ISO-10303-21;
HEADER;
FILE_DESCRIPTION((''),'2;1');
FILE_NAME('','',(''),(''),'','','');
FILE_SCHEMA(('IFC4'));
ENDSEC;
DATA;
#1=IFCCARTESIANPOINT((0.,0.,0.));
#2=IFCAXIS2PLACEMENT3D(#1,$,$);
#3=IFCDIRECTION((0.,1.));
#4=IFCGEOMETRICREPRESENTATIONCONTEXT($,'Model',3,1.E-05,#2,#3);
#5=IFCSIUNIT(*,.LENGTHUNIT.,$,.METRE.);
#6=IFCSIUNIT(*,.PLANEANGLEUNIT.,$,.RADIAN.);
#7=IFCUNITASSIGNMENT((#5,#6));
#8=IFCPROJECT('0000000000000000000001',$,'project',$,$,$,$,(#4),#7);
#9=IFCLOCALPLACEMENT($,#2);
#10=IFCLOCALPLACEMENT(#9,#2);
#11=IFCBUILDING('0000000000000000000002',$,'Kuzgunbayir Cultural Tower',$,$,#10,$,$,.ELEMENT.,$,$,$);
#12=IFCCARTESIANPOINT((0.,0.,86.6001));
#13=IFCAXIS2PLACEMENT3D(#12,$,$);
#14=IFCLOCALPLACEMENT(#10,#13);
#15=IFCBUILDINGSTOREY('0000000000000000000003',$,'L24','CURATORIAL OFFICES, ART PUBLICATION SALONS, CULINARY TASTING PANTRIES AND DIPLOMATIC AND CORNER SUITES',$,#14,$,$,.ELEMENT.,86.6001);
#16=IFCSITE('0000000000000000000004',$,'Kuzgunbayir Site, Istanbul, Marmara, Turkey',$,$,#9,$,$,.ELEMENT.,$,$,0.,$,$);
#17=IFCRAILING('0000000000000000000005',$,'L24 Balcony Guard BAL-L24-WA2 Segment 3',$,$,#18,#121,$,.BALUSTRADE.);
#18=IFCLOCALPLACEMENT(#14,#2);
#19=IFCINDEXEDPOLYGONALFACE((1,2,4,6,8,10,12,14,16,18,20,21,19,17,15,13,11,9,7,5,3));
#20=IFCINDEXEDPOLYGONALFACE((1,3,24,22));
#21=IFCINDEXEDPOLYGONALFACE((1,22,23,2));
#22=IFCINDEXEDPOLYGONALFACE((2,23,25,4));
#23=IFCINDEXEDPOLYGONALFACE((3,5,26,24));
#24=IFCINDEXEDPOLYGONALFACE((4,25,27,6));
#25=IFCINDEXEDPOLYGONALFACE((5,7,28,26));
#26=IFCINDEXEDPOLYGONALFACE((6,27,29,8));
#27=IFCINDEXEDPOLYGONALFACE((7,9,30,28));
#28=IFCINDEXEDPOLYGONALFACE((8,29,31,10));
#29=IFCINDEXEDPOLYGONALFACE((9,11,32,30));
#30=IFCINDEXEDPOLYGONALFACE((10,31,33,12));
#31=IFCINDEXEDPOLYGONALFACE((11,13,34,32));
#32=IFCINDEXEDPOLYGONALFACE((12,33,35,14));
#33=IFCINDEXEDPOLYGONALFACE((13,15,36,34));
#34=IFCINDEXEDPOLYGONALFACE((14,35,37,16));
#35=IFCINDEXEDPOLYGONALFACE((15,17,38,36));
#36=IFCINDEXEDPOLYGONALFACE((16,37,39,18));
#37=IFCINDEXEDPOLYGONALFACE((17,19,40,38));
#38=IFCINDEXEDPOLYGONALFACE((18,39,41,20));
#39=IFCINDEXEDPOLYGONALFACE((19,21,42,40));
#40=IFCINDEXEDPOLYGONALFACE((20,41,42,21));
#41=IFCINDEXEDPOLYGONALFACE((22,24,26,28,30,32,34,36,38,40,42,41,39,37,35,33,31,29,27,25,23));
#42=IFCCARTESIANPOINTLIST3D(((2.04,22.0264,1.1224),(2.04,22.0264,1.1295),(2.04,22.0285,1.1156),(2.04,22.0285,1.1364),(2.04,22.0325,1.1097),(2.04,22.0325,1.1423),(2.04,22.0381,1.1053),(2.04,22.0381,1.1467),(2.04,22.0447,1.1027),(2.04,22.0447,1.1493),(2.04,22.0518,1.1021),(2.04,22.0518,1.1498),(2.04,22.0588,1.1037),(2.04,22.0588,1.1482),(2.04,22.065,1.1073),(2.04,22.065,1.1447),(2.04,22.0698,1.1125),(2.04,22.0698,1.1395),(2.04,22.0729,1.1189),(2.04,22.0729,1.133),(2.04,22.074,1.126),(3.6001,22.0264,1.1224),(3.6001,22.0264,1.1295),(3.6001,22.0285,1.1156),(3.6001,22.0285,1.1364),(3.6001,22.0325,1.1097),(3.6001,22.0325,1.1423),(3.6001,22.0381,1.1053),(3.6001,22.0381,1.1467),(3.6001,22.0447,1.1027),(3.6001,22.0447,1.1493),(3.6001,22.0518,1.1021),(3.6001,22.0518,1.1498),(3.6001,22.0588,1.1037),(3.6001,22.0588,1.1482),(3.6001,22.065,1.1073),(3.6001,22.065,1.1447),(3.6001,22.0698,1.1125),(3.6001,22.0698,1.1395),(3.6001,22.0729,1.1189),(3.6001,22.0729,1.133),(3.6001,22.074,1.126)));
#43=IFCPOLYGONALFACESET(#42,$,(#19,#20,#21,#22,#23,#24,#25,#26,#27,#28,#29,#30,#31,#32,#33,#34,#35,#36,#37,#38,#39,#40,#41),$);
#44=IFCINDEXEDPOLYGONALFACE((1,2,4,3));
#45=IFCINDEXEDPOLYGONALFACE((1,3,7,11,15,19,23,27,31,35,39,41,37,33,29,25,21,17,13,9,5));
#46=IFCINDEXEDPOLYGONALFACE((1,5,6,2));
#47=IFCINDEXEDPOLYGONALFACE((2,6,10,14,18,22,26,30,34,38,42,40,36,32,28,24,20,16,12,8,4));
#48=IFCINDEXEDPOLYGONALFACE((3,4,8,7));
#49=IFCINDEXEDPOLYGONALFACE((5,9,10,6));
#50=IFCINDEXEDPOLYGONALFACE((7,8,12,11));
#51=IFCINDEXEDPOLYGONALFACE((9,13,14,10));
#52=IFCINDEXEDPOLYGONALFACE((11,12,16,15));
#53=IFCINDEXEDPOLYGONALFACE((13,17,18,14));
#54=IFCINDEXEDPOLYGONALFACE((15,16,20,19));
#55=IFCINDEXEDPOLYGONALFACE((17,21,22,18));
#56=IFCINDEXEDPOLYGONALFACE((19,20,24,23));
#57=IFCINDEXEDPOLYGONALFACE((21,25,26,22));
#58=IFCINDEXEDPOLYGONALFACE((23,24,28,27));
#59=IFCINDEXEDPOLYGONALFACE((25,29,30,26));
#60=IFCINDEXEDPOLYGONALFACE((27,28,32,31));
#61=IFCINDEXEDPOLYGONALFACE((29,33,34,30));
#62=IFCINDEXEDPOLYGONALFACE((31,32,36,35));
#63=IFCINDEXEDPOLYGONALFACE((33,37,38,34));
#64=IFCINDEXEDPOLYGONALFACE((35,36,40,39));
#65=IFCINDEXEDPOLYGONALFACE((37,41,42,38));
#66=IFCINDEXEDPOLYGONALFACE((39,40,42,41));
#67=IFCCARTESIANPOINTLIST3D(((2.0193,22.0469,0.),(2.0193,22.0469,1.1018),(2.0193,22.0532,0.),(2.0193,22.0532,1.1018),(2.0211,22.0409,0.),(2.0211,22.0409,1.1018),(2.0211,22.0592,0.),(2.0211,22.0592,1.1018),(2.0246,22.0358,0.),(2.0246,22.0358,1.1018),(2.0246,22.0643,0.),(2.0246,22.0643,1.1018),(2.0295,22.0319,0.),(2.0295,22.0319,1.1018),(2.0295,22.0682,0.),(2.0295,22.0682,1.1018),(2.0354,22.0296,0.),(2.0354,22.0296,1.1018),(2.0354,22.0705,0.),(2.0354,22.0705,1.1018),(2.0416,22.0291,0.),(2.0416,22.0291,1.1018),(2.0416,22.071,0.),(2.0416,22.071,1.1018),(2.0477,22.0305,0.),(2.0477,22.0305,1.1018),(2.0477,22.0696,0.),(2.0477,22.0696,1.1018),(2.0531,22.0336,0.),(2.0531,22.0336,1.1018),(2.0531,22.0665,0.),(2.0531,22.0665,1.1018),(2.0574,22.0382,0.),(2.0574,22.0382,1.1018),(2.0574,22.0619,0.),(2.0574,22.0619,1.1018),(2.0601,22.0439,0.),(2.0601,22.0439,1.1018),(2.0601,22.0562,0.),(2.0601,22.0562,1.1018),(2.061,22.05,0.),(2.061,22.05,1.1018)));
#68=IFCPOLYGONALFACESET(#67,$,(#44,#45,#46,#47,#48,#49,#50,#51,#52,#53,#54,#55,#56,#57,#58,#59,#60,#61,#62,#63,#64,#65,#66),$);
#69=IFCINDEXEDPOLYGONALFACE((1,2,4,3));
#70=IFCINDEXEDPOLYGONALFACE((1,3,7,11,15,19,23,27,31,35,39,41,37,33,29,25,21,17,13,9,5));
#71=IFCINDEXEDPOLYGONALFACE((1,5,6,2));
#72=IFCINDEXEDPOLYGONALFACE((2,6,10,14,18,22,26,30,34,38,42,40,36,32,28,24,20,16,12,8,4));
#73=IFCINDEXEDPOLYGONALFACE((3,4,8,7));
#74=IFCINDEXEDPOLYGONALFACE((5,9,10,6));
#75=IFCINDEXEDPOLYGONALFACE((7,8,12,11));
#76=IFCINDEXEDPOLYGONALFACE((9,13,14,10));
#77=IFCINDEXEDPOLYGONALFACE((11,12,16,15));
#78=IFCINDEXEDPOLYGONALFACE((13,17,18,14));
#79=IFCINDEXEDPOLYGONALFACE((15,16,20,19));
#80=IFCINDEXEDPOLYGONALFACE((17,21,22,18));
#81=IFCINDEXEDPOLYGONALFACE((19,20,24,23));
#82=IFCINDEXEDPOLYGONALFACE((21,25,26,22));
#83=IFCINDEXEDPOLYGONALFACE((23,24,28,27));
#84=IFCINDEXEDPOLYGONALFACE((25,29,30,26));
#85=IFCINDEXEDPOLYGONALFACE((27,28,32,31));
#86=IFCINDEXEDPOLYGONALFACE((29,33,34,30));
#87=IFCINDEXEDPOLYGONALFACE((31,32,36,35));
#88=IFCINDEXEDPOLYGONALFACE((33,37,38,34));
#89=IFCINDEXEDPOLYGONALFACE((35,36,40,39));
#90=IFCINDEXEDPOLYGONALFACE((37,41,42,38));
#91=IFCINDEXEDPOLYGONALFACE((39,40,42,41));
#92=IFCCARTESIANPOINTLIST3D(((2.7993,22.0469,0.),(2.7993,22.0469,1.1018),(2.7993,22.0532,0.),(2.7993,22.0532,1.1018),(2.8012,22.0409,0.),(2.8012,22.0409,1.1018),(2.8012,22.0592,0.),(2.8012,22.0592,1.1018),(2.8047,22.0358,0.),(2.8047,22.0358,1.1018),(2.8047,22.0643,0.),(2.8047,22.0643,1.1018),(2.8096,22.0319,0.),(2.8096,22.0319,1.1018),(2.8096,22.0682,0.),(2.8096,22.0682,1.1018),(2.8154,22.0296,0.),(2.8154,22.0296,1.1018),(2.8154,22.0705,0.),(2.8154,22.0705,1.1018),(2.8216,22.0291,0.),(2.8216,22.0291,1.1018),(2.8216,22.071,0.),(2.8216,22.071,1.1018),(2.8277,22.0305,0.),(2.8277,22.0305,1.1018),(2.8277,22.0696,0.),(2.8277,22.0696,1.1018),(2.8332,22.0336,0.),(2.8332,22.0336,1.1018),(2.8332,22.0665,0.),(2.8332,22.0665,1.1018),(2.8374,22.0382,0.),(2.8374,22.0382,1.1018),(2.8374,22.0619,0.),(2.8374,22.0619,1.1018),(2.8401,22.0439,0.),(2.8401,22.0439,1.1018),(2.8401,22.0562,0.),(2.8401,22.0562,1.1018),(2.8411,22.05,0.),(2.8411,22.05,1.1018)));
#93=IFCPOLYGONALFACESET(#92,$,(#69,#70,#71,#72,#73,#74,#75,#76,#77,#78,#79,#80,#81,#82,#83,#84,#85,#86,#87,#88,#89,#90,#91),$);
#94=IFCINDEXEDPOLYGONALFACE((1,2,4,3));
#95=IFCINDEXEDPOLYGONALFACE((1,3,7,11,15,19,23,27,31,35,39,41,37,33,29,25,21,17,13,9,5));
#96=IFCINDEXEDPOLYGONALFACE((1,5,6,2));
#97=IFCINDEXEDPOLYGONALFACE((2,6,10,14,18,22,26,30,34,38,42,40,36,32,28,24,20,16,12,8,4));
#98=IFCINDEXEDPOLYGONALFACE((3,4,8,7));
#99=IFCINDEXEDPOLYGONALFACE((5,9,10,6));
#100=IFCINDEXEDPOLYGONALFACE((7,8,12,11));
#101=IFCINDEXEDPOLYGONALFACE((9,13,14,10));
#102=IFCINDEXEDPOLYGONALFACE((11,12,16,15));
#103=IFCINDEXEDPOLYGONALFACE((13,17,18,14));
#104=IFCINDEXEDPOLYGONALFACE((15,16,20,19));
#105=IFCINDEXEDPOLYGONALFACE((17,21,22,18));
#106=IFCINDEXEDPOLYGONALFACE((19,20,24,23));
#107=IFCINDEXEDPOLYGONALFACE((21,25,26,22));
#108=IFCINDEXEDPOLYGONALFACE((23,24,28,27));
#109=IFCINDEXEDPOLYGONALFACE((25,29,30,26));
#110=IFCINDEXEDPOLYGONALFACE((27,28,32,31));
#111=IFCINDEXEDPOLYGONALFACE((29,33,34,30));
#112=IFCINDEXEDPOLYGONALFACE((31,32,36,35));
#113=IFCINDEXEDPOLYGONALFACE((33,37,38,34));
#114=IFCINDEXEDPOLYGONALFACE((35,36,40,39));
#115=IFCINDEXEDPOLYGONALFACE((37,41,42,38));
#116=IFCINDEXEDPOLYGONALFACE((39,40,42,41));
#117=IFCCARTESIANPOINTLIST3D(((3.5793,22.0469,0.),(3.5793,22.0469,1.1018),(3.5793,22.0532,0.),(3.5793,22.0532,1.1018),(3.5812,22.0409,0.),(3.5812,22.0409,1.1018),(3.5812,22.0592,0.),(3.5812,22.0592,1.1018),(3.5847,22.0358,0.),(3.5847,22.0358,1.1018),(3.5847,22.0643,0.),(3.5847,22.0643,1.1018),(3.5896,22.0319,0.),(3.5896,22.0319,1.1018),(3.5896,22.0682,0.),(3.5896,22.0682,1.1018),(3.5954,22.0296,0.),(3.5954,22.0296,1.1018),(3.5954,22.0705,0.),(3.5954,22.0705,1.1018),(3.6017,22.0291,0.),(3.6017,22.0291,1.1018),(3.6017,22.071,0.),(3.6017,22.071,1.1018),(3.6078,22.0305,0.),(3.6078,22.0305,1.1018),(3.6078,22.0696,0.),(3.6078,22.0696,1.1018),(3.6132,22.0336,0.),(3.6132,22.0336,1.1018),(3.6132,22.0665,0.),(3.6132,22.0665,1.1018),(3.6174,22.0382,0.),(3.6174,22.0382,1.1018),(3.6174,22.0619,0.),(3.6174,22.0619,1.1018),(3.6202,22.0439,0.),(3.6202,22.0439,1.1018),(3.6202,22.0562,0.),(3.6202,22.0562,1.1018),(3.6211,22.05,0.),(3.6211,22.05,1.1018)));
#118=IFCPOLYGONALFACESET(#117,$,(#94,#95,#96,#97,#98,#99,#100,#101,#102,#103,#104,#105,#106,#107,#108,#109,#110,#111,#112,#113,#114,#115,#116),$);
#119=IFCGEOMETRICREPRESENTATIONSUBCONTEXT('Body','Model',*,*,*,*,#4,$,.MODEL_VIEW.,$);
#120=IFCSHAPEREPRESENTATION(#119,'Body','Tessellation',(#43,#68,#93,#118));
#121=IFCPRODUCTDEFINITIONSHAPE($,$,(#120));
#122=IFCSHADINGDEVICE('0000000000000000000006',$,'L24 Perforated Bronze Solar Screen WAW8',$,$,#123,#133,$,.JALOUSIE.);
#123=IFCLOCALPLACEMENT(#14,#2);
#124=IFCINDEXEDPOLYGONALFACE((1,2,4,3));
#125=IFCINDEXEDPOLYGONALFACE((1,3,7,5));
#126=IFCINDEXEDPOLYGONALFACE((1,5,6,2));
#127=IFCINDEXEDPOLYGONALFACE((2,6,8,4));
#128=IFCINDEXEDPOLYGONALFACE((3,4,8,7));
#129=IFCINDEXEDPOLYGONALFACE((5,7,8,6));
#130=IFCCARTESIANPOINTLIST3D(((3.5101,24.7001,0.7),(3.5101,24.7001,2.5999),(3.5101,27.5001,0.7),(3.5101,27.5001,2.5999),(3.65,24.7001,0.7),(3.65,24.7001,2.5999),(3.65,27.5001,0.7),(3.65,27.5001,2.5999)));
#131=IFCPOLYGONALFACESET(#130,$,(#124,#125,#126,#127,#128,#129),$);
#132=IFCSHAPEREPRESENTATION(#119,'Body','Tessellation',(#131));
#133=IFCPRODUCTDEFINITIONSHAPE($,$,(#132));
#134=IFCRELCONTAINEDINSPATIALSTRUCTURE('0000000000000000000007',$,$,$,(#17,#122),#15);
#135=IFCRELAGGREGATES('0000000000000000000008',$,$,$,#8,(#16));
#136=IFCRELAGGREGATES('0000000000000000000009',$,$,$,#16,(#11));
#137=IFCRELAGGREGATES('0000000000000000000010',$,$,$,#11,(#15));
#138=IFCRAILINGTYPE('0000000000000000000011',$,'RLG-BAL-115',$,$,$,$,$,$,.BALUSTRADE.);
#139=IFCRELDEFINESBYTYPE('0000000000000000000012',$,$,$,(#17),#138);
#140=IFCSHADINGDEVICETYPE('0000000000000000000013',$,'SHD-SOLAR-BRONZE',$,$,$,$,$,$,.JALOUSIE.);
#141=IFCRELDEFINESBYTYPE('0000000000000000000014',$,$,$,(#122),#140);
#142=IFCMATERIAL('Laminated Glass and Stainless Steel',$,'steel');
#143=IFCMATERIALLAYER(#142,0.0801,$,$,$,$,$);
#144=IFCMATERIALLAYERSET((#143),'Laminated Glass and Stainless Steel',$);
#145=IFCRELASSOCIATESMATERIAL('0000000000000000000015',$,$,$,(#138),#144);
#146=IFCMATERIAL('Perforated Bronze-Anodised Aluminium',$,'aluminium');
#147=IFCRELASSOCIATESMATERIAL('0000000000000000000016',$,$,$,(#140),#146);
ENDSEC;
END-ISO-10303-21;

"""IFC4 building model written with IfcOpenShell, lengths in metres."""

from ifc_helpers import new_model, si_unit, direction, frame, origin, origin_2d, place, context, subcontext, project, spatial, rectangle, circle, extrude, material, layer, layer_set, type_object, element, save


model = new_model("IFC4")

# Units and contexts
model_context = context("Model", 3, precision=1e-05, world=origin(), true_north=direction((0.0, 1.0)))
body_context = subcontext(model_context, "Body", "Model", "MODEL_VIEW")
ifc_project = project(units=[si_unit("LENGTHUNIT", "METRE"), si_unit("PLANEANGLEUNIT", "RADIAN")], contexts=[model_context])

# Site, building, storey
site_placement = place(None, origin())
site = spatial("IfcSite", under=ifc_project, at=site_placement, Name="Kuzgunbayir Site, Istanbul, Marmara, Turkey", CompositionType="ELEMENT", RefElevation=0.0)
building_placement = place(site_placement, origin())
building = spatial("IfcBuilding", under=site, at=building_placement, Name="Kuzgunbayir Cultural Tower", CompositionType="ELEMENT")
storey_placement = place(building_placement, frame((0.0, 0.0, 86.6001)))
storey = spatial("IfcBuildingStorey", under=building, at=storey_placement, Name="L24", Description="CURATORIAL OFFICES, ART PUBLICATION SALONS, CULINARY TASTING PANTRIES AND DIPLOMATIC AND CORNER SUITES", CompositionType="ELEMENT", Elevation=86.6001)

# Railing
ifc_material_1 = material(Name="Laminated Glass and Stainless Steel", Category="steel")
ifc_layer_1 = layer(ifc_material_1, 0.0801)
ifc_layer_set_1 = layer_set([ifc_layer_1], Name="Laminated Glass and Stainless Steel")
railing_type = type_object("IfcRailingType", Name="RLG-BAL-115", PredefinedType="BALUSTRADE", material=ifc_layer_set_1)
railing_1_placement = place(storey_placement, frame((2.04, 22.05, 0.0)))
element("IfcRailing", 1, at=railing_1_placement, inside=storey, type_object=railing_type, Name="L24 Balcony Guard BAL-L24-WA2 Segment 3", PredefinedType="BALUSTRADE", context=body_context, shape_type="SweptSolid", body=[
    extrude(circle(Radius=0.0239, at=origin_2d()), frame((0.0, 0.0, 1.126), z_axis=(1.0, 0.0, 0.0), x_axis=(0.0, 1.0, 0.0)), (0.0, 0.0, 1.0), 1.5601),
    extrude(circle(Radius=0.021, at=origin_2d()), origin(), (0.0, 0.0, 1.0), 1.1018),
    extrude(circle(Radius=0.021, at=origin_2d()), frame((0.78, 0.0, 0.0)), (0.0, 0.0, 1.0), 1.1018),
    extrude(circle(Radius=0.021, at=origin_2d()), frame((1.5601, 0.0, 0.0)), (0.0, 0.0, 1.0), 1.1018),
])

# Shading device
ifc_material_2 = material(Name="Perforated Bronze-Anodised Aluminium", Category="aluminium")
shading_device_type = type_object("IfcShadingDeviceType", Name="SHD-SOLAR-BRONZE", PredefinedType="JALOUSIE", material=ifc_material_2)
shading_device_placement = place(storey_placement, frame((3.5801, 26.1001, 0.7), z_axis=(0.0, 0.0, 1.0), x_axis=(1.0, 0.0, 0.0)))
element("IfcShadingDevice", 2, at=shading_device_placement, inside=storey, type_object=shading_device_type, Name="L24 Perforated Bronze Solar Screen WAW8", PredefinedType="JALOUSIE", context=body_context, shape_type="SweptSolid", body=[
    extrude(rectangle(XDim=0.1399, YDim=2.8, at=origin_2d()), origin(), (0.0, 0.0, 1.0), 1.8999),
])

save(model, "model.ifc")
